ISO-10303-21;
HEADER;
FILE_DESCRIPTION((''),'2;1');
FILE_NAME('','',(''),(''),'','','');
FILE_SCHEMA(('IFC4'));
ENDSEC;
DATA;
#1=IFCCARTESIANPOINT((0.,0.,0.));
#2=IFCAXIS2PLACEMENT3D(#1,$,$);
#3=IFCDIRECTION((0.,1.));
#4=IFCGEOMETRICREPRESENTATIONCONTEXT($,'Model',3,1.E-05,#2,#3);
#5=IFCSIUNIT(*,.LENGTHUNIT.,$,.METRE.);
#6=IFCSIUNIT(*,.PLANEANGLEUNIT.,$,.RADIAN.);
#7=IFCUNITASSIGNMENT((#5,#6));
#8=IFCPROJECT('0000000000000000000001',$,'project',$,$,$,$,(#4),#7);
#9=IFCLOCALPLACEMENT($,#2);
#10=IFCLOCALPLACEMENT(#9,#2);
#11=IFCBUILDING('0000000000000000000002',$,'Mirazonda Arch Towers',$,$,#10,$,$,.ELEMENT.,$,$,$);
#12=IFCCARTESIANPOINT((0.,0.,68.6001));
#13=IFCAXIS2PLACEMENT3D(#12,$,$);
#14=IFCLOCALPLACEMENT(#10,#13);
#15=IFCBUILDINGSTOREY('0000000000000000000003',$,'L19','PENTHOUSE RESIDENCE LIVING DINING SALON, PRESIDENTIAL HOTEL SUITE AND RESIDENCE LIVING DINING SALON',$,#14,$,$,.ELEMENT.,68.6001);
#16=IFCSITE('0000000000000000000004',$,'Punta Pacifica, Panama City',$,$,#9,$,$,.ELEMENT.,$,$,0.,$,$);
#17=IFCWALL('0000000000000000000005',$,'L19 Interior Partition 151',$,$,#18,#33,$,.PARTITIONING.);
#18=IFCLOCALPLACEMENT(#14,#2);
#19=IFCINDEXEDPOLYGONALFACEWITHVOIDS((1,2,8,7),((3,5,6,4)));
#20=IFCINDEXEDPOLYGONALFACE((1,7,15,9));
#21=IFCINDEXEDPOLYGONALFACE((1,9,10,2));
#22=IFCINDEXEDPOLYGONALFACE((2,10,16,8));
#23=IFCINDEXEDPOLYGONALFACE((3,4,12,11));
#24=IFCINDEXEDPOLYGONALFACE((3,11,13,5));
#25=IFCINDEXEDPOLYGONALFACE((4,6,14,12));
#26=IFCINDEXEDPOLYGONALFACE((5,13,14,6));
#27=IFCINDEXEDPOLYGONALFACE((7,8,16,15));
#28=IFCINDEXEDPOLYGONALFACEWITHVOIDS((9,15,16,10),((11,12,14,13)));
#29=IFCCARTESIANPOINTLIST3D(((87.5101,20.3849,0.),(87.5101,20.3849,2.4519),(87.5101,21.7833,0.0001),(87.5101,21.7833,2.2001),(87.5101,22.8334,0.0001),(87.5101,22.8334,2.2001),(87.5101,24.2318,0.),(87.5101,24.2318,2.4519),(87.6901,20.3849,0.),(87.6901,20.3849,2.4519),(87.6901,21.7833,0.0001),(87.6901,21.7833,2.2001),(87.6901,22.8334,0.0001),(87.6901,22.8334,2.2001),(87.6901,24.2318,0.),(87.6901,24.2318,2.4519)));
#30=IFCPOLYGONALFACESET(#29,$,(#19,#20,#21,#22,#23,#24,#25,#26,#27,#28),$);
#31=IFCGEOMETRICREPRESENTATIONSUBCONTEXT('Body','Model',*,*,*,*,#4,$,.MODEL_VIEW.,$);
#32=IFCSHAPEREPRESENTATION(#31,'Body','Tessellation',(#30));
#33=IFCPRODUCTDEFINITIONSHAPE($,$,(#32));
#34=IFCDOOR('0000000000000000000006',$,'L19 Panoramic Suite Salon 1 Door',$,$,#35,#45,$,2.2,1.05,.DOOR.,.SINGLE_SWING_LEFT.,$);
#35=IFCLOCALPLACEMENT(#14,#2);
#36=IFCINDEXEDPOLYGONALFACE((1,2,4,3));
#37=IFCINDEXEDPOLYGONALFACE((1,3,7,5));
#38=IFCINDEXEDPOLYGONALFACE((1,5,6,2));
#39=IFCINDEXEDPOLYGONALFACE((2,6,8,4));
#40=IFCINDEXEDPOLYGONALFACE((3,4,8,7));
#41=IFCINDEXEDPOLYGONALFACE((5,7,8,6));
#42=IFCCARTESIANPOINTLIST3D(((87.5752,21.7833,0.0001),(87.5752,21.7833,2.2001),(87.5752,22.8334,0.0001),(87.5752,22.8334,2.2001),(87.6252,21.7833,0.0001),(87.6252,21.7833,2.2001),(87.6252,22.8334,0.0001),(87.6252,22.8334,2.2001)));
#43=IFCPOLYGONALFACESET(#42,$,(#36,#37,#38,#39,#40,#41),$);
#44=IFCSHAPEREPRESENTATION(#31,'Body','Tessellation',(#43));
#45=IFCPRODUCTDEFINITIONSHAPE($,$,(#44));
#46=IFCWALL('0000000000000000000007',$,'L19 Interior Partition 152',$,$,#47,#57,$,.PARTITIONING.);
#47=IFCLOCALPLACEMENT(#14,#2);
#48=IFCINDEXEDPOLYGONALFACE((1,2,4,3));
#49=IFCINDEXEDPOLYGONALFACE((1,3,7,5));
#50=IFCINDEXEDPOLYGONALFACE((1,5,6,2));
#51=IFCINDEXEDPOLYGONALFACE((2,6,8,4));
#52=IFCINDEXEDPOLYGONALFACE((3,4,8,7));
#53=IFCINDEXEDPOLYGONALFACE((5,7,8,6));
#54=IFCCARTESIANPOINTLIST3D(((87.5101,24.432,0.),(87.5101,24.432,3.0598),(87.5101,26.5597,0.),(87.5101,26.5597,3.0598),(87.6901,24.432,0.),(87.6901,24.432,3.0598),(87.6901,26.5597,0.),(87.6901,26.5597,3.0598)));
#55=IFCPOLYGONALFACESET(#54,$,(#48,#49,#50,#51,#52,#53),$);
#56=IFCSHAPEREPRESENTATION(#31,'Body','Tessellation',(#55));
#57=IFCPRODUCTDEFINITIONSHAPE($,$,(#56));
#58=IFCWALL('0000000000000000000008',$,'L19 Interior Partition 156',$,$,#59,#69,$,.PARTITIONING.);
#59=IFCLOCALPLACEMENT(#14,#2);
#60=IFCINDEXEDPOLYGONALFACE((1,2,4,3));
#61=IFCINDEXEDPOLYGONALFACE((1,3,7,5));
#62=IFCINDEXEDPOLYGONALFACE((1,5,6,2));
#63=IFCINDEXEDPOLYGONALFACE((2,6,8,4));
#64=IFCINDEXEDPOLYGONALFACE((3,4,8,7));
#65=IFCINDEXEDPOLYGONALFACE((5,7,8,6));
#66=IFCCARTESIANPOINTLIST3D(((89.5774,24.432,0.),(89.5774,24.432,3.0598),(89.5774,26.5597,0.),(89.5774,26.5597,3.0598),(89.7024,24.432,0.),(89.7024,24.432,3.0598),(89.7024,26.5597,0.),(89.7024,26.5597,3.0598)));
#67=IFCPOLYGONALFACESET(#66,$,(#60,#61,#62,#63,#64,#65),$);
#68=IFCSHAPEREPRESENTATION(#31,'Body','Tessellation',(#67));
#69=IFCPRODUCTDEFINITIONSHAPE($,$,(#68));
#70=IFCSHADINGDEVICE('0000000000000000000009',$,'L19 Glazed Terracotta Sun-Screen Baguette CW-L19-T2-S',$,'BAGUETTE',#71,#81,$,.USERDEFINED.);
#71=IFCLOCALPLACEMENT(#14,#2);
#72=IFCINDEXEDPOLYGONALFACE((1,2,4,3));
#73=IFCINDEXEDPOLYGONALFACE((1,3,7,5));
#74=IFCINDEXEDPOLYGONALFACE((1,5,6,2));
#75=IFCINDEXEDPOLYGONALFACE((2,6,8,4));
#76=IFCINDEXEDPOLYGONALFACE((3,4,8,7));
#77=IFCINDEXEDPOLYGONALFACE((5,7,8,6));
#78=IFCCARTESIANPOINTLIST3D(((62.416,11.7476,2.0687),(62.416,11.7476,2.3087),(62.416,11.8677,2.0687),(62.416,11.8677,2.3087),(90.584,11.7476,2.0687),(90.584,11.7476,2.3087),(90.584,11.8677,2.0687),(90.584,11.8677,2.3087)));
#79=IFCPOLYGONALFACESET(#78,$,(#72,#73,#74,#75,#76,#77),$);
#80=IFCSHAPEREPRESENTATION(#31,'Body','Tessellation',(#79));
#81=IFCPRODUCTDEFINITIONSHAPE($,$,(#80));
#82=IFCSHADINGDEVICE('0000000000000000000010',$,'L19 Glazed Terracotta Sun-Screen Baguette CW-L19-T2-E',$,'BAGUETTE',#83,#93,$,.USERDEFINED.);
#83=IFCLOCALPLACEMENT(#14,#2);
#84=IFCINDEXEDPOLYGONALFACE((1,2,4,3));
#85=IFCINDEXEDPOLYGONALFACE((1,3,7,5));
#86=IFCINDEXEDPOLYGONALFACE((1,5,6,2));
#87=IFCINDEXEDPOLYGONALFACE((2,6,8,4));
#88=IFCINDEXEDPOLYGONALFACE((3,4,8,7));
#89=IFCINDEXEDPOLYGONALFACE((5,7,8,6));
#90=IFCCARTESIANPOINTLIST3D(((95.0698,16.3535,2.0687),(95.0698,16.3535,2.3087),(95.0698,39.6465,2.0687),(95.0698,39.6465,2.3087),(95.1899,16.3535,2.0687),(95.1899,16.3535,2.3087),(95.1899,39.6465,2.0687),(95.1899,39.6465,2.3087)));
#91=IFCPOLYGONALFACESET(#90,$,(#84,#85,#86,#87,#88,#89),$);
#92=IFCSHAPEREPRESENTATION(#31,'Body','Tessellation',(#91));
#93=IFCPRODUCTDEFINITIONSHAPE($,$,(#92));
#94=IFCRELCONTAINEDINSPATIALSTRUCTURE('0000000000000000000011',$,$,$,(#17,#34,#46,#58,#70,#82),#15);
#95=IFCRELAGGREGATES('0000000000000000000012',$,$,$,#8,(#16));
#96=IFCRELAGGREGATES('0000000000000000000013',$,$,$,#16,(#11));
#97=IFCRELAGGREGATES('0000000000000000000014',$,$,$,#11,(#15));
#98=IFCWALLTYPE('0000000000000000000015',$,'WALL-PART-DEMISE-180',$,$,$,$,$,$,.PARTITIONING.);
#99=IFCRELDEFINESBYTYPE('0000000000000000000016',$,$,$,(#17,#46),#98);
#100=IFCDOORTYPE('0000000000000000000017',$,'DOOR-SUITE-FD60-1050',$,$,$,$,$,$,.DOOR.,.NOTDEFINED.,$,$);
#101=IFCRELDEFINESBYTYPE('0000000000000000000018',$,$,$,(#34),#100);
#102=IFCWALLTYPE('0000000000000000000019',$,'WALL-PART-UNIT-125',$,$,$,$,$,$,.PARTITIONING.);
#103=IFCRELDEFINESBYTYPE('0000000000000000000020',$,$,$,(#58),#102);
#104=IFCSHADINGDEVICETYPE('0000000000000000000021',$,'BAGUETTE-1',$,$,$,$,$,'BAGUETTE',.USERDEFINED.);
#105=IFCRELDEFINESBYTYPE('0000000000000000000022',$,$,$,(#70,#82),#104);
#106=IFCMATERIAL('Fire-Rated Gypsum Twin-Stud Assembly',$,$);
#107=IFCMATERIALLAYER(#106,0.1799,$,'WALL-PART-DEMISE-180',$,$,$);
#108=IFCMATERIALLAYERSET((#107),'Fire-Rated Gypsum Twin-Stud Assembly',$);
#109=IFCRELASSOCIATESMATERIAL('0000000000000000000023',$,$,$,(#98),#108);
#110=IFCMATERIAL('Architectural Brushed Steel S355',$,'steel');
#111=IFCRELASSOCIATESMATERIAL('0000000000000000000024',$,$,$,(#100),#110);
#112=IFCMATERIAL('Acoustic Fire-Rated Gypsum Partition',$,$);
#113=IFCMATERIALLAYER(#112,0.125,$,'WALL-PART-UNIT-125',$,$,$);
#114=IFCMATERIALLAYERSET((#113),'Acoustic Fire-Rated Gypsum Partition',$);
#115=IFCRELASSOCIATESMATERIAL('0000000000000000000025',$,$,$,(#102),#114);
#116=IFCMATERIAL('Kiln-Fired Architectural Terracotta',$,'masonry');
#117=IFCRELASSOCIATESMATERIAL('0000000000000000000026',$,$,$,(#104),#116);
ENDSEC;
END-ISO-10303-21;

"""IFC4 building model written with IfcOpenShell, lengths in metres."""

from ifc_helpers import new_model, si_unit, direction, frame, frame_2d, origin, origin_2d, place, context, subcontext, project, spatial, rectangle, extrude, material, layer, layer_set, material_profile, profile_set, type_object, element, fill, save


model = new_model("IFC4")

# Units and contexts
model_context = context("Model", 3, precision=1e-05, world=origin(), true_north=direction((0.0, 1.0)))
body_context = subcontext(model_context, "Body", "Model", "MODEL_VIEW")
ifc_project = project(units=[si_unit("LENGTHUNIT", "METRE"), si_unit("PLANEANGLEUNIT", "RADIAN")], contexts=[model_context])

# Site, building, storey
site_placement = place(None, origin())
site = spatial("IfcSite", under=ifc_project, at=site_placement, Name="Punta Pacifica, Panama City", CompositionType="ELEMENT", RefElevation=0.0)
building_placement = place(site_placement, origin())
building = spatial("IfcBuilding", under=site, at=building_placement, Name="Mirazonda Arch Towers", CompositionType="ELEMENT")
storey_placement = place(building_placement, frame((0.0, 0.0, 68.6001)))
storey = spatial("IfcBuildingStorey", under=building, at=storey_placement, Name="L19", Description="PENTHOUSE RESIDENCE LIVING DINING SALON, PRESIDENTIAL HOTEL SUITE AND RESIDENCE LIVING DINING SALON", CompositionType="ELEMENT", Elevation=68.6001)

# Shared definitions
ifc_material_1 = material(Name="Fire-Rated Gypsum Twin-Stud Assembly")
ifc_layer_1 = layer(ifc_material_1, 0.1799, Name="WALL-PART-DEMISE-180")
ifc_layer_set_1 = layer_set([ifc_layer_1], Name="Fire-Rated Gypsum Twin-Stud Assembly")
wall_type_1 = type_object("IfcWallType", Name="WALL-PART-DEMISE-180", PredefinedType="PARTITIONING", material=ifc_layer_set_1)

# Shared definitions
ifc_material_2 = material(Name="Architectural Brushed Steel S355", Category="steel")

# Wall, opening, door
wall_1_placement = place(storey_placement, frame((87.6001, 20.385, 0.0), z_axis=(0.0, 0.0, 1.0), x_axis=(0.0, 1.0, 0.0)))
wall_1 = element("IfcWall", 1, at=wall_1_placement, inside=storey, type_object=wall_type_1, Name="L19 Interior Partition 151", PredefinedType="PARTITIONING", context=body_context, shape_type="SweptSolid", body=[
    extrude(rectangle(XDim=3.8469, YDim=0.1799, at=frame_2d((1.9233, 0.0))), origin(), (0.0, 0.0, 1.0), 2.4519),
])
opening_1_placement = place(wall_1_placement, frame((1.3984, 0.0, 0.0)))
opening_1 = element("IfcOpeningElement", 2, at=opening_1_placement, cuts=wall_1, PredefinedType="OPENING", context=body_context, shape_type="SweptSolid", body=[
    extrude(rectangle(XDim=1.05, YDim=2.2, at=frame_2d((0.5249, 1.1001))), frame((0.0, 0.0999, 0.0), z_axis=(0.0, -1.0, 0.0), x_axis=(1.0, 0.0, 0.0)), (0.0, 0.0, 1.0), 0.2),
])
door_type_1 = type_object("IfcDoorType", Name="DOOR-SUITE-FD60-1050", OperationType="NOTDEFINED", PredefinedType="DOOR", material=ifc_material_2)
door_1_placement = place(opening_1_placement, origin())
door_1 = element("IfcDoor", 3, at=door_1_placement, inside=storey, type_object=door_type_1, Name="L19 Panoramic Suite Salon 1 Door", OperationType="SINGLE_SWING_LEFT", OverallHeight=2.2, OverallWidth=1.05, PredefinedType="DOOR", context=body_context, shape_type="SweptSolid", body=[
    extrude(rectangle(XDim=1.05, YDim=2.2, at=frame_2d((0.5249, 1.1001))), frame((0.0, 0.0249, 0.0), z_axis=(0.0, -1.0, 0.0), x_axis=(1.0, 0.0, 0.0)), (0.0, 0.0, 1.0), 0.05),
])
fill(opening_1, door_1)

# Walls
wall_2_placement = place(storey_placement, frame((87.6001, 24.4319, 0.0), z_axis=(0.0, 0.0, 1.0), x_axis=(0.0, 1.0, 0.0)))
element("IfcWall", 4, at=wall_2_placement, inside=storey, type_object=wall_type_1, Name="L19 Interior Partition 152", PredefinedType="PARTITIONING", context=body_context, shape_type="SweptSolid", body=[
    extrude(rectangle(XDim=2.1277, YDim=0.1799, at=frame_2d((1.064, 0.0))), origin(), (0.0, 0.0, 1.0), 3.0598),
])
ifc_material_3 = material(Name="Acoustic Fire-Rated Gypsum Partition")
ifc_layer_2 = layer(ifc_material_3, 0.125, Name="WALL-PART-UNIT-125")
ifc_layer_set_2 = layer_set([ifc_layer_2], Name="Acoustic Fire-Rated Gypsum Partition")
wall_type_2 = type_object("IfcWallType", Name="WALL-PART-UNIT-125", PredefinedType="PARTITIONING", material=ifc_layer_set_2)
wall_3_placement = place(storey_placement, frame((89.6399, 24.4319, 0.0), z_axis=(0.0, 0.0, 1.0), x_axis=(0.0, 1.0, 0.0)))
element("IfcWall", 5, at=wall_3_placement, inside=storey, type_object=wall_type_2, Name="L19 Interior Partition 156", PredefinedType="PARTITIONING", context=body_context, shape_type="SweptSolid", body=[
    extrude(rectangle(XDim=2.1277, YDim=0.125, at=frame_2d((1.064, 0.0))), origin(), (0.0, 0.0, 1.0), 3.0598),
])

# Shading devices
ifc_material_4 = material(Name="Kiln-Fired Architectural Terracotta", Category="masonry")
ifc_material_profile_1 = material_profile(ifc_material_4, rectangle(XDim=0.1201, YDim=0.24, at=origin_2d()), Name="TERRA-BAG-120x240")
ifc_profile_set_1 = profile_set([ifc_material_profile_1], Name="Kiln-Fired Architectural Terracotta")
shading_device_type = type_object("IfcShadingDeviceType", Name="BAGUETTE-1", ElementType="BAGUETTE", PredefinedType="USERDEFINED", material=ifc_profile_set_1)
shading_device_1_placement = place(storey_placement, frame((90.584, 11.8076, 2.1887), z_axis=(-1.0, 0.0, 0.0), x_axis=(0.0, -1.0, 0.0)))
element("IfcShadingDevice", 6, at=shading_device_1_placement, inside=storey, type_object=shading_device_type, Name="L19 Glazed Terracotta Sun-Screen Baguette CW-L19-T2-S", ObjectType="BAGUETTE", PredefinedType="USERDEFINED", context=body_context, shape_type="SweptSolid", body=[
    extrude(rectangle(XDim=0.1201, YDim=0.24, at=origin_2d()), origin(), (0.0, 0.0, 1.0), 28.168),
])
shading_device_2_placement = place(storey_placement, frame((95.1299, 16.3535, 2.1887), z_axis=(0.0, 1.0, 0.0), x_axis=(-1.0, 0.0, 0.0)))
element("IfcShadingDevice", 7, at=shading_device_2_placement, inside=storey, type_object=shading_device_type, Name="L19 Glazed Terracotta Sun-Screen Baguette CW-L19-T2-E", ObjectType="BAGUETTE", PredefinedType="USERDEFINED", context=body_context, shape_type="SweptSolid", body=[
    extrude(rectangle(XDim=0.1201, YDim=0.24, at=origin_2d()), origin(), (0.0, 0.0, 1.0), 23.293),
])

save(model, "model.ifc")
